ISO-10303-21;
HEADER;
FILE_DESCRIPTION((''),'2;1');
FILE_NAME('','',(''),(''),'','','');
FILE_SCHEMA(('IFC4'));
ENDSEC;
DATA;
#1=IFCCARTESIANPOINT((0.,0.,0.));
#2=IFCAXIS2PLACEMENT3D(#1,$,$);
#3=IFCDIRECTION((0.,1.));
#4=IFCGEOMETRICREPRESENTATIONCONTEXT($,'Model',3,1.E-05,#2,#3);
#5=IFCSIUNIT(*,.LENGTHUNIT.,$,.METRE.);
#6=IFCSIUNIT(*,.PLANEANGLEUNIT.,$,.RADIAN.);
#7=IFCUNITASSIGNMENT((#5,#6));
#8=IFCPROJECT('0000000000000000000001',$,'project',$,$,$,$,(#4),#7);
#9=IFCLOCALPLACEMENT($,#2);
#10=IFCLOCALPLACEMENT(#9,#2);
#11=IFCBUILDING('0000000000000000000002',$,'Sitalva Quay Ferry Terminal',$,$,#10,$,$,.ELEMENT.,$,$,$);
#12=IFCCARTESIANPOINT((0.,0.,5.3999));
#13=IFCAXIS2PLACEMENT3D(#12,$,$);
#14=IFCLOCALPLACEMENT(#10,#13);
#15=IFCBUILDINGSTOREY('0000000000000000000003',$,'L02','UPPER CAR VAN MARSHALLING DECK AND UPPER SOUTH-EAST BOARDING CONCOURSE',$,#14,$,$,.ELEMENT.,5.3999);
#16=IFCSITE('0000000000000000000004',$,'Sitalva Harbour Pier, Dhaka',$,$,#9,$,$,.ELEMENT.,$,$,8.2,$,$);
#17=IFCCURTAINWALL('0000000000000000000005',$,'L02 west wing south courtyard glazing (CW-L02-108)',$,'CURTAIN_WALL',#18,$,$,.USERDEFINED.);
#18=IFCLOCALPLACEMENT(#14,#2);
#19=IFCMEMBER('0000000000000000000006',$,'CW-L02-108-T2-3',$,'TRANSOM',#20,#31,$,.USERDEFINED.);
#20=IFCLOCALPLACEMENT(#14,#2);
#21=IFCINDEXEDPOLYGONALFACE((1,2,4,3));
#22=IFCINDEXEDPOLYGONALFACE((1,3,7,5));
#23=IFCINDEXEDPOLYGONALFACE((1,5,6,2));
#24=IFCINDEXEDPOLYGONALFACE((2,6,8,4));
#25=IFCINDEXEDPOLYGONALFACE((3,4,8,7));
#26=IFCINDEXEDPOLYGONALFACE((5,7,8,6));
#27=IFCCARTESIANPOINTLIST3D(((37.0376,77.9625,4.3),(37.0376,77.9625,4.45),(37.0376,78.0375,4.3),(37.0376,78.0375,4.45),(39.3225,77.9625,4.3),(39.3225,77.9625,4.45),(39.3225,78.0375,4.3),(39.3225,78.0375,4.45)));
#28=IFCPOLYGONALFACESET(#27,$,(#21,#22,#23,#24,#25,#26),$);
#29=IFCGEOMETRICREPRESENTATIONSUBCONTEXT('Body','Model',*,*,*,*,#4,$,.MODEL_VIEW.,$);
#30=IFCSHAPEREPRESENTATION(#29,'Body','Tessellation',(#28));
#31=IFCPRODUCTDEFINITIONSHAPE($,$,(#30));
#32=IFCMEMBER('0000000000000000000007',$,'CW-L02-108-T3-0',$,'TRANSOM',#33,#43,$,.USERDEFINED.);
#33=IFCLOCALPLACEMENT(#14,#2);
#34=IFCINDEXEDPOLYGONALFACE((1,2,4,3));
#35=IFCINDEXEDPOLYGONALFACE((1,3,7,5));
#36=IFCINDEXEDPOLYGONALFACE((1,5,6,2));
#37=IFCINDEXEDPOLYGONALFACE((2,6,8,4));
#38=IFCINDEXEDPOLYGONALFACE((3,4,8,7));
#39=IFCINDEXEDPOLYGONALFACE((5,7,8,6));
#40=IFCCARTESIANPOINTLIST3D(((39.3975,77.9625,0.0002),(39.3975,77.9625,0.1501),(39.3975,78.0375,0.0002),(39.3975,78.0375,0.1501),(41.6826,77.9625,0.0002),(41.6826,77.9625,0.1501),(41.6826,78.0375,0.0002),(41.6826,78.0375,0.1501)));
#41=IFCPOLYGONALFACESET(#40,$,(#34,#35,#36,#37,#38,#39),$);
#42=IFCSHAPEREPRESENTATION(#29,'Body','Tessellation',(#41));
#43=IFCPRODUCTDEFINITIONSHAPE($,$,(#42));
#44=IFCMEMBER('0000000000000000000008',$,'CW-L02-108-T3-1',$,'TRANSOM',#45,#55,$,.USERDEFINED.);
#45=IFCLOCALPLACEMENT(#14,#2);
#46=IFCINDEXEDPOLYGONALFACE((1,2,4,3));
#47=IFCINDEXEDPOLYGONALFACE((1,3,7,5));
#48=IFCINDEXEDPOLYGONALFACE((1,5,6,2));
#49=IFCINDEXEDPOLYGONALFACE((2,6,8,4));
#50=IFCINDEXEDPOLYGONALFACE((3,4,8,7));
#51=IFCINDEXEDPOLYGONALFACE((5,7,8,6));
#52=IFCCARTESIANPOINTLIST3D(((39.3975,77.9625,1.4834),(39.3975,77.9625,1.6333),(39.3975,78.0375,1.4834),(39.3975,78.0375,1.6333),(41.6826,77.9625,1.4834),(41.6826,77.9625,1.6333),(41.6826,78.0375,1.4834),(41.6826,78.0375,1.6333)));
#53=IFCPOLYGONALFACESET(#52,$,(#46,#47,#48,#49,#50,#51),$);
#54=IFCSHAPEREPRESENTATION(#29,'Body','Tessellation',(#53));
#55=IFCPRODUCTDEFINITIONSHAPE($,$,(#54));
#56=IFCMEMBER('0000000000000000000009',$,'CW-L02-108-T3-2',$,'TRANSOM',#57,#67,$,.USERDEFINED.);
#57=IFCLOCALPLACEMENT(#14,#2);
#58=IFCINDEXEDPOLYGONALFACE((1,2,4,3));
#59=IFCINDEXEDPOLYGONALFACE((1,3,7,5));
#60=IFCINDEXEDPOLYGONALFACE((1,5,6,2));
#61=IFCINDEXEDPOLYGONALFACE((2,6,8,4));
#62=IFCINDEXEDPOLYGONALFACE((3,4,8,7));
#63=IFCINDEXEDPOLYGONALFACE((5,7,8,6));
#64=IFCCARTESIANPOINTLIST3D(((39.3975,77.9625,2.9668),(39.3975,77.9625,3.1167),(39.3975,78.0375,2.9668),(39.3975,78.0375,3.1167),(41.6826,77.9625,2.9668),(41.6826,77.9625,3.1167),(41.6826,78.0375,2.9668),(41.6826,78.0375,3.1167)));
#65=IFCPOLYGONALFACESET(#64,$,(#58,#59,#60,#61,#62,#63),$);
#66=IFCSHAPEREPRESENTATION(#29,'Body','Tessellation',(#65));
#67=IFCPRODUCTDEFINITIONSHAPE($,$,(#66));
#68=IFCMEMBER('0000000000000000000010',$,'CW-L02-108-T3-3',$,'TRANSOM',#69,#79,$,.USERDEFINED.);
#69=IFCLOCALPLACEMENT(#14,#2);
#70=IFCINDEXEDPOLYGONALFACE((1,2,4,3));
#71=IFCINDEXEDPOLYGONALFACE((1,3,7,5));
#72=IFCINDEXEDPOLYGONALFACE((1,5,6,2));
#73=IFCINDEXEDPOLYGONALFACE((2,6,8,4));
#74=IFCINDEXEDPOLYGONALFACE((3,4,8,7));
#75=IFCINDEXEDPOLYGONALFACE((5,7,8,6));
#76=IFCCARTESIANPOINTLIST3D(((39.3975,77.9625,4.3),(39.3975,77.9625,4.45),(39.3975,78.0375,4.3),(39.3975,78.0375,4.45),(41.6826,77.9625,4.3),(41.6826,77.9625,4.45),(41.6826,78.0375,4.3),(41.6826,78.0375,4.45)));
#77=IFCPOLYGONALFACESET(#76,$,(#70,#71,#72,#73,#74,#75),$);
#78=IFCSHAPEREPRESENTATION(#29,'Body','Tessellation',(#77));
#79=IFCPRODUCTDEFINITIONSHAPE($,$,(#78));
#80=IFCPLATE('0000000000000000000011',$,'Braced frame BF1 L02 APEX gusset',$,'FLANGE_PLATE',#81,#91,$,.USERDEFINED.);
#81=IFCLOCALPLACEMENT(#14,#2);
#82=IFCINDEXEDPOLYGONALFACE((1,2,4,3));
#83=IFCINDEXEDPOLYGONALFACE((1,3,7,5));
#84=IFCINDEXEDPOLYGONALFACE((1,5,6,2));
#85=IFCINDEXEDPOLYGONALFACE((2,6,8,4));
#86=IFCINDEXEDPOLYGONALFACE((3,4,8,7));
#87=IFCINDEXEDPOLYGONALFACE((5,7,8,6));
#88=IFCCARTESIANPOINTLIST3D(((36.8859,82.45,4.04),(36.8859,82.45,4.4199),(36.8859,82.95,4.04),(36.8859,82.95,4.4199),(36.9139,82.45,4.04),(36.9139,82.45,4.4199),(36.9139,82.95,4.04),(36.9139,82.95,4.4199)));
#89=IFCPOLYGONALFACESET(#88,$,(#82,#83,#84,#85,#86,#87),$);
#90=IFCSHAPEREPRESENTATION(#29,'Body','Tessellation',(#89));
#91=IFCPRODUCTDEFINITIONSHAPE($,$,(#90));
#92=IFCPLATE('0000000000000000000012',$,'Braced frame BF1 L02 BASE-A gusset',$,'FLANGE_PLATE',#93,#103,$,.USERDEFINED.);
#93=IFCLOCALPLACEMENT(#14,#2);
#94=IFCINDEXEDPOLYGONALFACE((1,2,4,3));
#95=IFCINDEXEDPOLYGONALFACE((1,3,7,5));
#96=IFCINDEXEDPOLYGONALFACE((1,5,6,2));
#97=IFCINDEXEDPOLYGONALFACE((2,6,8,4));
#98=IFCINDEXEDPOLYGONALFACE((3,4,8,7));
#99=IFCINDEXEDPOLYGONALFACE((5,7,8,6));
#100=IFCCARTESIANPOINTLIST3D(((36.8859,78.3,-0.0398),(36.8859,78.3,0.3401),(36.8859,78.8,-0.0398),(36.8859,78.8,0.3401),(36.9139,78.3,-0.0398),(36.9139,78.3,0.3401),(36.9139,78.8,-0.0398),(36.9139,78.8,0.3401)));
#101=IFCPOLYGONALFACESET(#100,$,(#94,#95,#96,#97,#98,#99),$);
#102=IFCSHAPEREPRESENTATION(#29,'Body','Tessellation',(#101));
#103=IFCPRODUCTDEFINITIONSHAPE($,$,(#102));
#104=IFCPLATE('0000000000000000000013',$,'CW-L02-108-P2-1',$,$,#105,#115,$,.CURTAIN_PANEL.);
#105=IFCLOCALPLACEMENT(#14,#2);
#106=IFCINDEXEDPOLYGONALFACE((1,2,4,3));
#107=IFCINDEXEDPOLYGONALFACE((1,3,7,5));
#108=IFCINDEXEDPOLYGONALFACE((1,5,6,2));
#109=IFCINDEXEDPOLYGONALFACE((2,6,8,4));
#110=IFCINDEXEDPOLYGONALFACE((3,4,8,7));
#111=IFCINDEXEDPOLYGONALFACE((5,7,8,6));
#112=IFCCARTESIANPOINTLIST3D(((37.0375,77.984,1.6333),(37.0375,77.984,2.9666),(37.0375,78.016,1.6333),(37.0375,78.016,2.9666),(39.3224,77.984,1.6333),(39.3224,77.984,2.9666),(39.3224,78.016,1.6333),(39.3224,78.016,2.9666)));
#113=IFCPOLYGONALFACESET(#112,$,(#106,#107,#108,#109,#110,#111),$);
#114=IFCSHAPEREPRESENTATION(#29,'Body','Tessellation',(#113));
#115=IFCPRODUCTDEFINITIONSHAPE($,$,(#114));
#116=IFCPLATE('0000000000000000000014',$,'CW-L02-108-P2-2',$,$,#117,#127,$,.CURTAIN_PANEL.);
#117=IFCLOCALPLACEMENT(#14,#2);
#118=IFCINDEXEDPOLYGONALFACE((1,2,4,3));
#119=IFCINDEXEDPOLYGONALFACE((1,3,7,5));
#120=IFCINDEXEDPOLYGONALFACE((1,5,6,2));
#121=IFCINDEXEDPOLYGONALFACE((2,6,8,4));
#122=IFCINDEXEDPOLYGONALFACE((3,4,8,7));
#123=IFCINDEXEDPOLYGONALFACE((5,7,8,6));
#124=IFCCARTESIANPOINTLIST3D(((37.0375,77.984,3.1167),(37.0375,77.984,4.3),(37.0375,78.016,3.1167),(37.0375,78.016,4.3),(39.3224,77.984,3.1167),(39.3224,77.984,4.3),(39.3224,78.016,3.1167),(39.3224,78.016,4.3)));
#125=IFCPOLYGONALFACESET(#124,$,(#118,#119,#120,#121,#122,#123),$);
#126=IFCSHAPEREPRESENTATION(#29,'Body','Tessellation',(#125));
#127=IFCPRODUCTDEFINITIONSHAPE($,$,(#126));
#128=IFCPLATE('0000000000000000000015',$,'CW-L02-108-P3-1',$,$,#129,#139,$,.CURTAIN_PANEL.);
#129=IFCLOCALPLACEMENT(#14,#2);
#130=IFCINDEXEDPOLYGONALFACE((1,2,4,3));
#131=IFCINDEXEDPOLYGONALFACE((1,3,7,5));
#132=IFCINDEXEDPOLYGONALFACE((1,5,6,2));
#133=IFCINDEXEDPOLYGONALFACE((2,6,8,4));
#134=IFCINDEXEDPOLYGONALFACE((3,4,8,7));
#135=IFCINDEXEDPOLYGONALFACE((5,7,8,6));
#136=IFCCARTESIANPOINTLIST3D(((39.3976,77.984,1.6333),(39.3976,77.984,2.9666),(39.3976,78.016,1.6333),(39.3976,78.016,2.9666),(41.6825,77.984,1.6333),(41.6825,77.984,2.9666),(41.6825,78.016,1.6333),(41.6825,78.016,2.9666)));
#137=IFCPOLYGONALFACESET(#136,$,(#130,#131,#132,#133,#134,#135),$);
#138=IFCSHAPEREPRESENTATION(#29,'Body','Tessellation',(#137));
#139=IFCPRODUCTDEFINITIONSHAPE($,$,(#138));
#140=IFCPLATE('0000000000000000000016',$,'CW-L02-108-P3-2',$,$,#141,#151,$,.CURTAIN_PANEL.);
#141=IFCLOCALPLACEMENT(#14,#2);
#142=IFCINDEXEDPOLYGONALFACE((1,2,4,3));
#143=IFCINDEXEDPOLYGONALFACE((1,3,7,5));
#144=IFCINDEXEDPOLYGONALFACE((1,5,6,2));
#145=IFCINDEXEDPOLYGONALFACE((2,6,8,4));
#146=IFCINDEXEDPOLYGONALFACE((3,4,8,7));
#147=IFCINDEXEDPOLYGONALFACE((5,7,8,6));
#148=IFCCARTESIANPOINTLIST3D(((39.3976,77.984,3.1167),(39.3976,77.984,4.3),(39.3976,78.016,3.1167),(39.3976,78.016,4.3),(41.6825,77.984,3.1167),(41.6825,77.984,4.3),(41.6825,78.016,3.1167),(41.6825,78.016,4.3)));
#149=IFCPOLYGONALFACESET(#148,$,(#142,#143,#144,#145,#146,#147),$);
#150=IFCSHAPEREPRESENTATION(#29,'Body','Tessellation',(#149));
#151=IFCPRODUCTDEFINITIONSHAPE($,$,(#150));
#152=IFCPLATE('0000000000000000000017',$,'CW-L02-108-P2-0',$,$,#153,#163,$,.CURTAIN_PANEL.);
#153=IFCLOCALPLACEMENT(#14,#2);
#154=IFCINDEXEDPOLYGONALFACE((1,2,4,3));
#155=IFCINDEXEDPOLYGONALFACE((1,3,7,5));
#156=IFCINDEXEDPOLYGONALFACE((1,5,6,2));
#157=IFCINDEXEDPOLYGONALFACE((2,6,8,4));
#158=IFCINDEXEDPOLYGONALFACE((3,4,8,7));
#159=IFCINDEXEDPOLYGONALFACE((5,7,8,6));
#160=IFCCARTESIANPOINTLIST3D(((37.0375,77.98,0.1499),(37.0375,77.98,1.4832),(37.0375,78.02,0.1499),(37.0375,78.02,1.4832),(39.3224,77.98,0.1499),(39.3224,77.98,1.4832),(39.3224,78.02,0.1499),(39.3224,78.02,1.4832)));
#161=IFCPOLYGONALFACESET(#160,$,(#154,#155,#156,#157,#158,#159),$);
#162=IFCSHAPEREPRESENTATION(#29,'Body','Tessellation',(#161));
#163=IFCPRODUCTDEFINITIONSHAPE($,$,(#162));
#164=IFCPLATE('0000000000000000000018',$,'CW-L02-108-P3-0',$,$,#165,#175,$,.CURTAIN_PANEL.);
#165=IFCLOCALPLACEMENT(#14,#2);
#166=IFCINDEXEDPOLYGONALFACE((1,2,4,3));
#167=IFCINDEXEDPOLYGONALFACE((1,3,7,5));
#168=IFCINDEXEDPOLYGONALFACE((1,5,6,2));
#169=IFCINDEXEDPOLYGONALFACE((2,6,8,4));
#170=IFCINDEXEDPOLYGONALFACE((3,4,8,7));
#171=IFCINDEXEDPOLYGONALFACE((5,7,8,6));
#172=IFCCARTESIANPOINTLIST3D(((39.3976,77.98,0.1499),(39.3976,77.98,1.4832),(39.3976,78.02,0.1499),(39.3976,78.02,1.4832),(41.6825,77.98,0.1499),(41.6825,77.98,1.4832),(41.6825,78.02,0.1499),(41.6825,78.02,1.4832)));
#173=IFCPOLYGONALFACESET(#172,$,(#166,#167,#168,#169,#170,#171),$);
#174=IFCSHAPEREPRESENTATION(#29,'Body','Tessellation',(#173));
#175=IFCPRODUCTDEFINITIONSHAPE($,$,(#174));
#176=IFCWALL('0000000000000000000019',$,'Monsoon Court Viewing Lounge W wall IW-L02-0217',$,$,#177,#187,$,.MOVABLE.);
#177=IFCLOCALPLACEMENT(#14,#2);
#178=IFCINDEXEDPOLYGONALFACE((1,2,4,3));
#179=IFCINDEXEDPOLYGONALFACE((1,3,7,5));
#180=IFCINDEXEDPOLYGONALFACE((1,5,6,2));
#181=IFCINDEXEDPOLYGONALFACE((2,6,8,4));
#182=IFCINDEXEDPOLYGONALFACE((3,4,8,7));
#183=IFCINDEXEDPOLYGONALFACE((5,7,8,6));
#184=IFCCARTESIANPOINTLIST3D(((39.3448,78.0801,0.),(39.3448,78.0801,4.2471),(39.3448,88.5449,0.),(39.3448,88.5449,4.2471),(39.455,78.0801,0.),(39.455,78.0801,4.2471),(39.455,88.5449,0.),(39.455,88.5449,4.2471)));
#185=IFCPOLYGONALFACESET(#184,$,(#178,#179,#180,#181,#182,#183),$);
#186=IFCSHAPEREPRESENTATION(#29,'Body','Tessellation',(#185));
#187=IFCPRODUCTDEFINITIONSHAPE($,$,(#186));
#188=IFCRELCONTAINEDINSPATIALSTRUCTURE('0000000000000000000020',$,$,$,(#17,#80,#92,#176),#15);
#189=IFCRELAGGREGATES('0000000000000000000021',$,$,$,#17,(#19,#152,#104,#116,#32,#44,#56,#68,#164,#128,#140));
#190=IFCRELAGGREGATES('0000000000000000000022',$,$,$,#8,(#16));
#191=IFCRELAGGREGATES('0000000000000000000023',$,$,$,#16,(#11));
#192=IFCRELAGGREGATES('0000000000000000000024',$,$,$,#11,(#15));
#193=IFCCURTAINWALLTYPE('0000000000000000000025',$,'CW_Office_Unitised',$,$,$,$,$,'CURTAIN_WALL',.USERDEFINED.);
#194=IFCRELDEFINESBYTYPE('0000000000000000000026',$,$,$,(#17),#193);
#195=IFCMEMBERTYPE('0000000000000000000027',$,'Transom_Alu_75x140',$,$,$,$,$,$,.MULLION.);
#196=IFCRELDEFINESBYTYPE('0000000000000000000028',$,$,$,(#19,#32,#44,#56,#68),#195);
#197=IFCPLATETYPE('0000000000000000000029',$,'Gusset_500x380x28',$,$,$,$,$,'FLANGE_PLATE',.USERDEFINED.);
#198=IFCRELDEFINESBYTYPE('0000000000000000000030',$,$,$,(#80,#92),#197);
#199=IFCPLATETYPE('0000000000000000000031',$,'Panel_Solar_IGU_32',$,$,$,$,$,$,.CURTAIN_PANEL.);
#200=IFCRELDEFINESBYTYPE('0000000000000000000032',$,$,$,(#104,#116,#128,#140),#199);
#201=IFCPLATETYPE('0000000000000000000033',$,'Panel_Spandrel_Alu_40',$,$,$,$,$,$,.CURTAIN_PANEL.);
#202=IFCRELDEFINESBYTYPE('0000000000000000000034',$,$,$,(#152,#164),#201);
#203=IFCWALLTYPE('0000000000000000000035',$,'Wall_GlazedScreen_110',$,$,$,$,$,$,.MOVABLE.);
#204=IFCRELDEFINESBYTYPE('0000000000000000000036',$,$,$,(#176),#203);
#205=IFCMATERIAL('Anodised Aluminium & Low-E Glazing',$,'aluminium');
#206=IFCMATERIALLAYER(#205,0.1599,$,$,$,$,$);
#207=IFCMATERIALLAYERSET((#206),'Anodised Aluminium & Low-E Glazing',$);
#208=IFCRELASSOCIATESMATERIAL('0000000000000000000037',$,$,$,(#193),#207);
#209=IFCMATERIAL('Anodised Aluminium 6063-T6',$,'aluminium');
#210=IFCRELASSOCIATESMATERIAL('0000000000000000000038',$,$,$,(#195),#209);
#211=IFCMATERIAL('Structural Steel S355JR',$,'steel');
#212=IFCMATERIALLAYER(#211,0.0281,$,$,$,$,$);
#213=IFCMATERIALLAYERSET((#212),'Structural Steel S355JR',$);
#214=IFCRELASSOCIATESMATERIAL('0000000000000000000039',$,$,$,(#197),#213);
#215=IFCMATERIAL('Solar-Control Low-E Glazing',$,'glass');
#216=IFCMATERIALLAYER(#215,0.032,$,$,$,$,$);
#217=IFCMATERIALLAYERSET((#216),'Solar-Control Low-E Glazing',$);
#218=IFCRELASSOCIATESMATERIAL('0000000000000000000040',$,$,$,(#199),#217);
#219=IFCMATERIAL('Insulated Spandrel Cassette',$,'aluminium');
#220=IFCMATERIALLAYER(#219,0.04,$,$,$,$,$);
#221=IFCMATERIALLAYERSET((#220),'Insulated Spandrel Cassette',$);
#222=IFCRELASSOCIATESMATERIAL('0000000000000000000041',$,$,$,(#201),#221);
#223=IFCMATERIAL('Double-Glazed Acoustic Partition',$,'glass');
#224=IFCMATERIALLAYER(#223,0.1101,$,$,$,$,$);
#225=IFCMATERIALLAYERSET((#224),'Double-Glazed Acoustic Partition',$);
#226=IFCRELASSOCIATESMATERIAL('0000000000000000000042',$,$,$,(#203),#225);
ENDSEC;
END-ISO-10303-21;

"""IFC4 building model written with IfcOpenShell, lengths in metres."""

from ifc_helpers import new_model, si_unit, direction, frame, frame_2d, origin, origin_2d, place, context, subcontext, project, spatial, rectangle, extrude, material, layer, layer_set, material_profile, profile_set, type_object, element, aggregate, save


model = new_model("IFC4")

# Units and contexts
model_context = context("Model", 3, precision=1e-05, world=origin(), true_north=direction((0.0, 1.0)))
body_context = subcontext(model_context, "Body", "Model", "MODEL_VIEW")
ifc_project = project(units=[si_unit("LENGTHUNIT", "METRE"), si_unit("PLANEANGLEUNIT", "RADIAN")], contexts=[model_context])

# Site, building, storey
site_placement = place(None, origin())
site = spatial("IfcSite", under=ifc_project, at=site_placement, Name="Sitalva Harbour Pier, Dhaka", CompositionType="ELEMENT", RefElevation=8.2)
building_placement = place(site_placement, origin())
building = spatial("IfcBuilding", under=site, at=building_placement, Name="Sitalva Quay Ferry Terminal", CompositionType="ELEMENT")
storey_placement = place(building_placement, frame((0.0, 0.0, 5.3999)))
storey = spatial("IfcBuildingStorey", under=building, at=storey_placement, Name="L02", Description="UPPER CAR VAN MARSHALLING DECK AND UPPER SOUTH-EAST BOARDING CONCOURSE", CompositionType="ELEMENT", Elevation=5.3999)

# Curtain wall, members
ifc_material_1 = material(Name="Anodised Aluminium & Low-E Glazing", Category="aluminium")
ifc_layer_1 = layer(ifc_material_1, 0.1599)
ifc_layer_set_1 = layer_set([ifc_layer_1], Name="Anodised Aluminium & Low-E Glazing")
curtain_wall_type = type_object("IfcCurtainWallType", Name="CW_Office_Unitised", ElementType="CURTAIN_WALL", PredefinedType="USERDEFINED", material=ifc_layer_set_1)
curtain_wall_placement = place(storey_placement, origin())
curtain_wall = element("IfcCurtainWall", 1, at=curtain_wall_placement, inside=storey, type_object=curtain_wall_type, Name="L02 west wing south courtyard glazing (CW-L02-108)", ObjectType="CURTAIN_WALL", PredefinedType="USERDEFINED")
ifc_material_2 = material(Name="Anodised Aluminium 6063-T6", Category="aluminium")
ifc_material_profile_1 = material_profile(ifc_material_2, rectangle(XDim=0.075, YDim=0.1499, at=origin_2d()), Name="ALU75x150")
ifc_profile_set_1 = profile_set([ifc_material_profile_1], Name="Anodised Aluminium 6063-T6")
member_type_1 = type_object("IfcMemberType", Name="Transom_Alu_75x140", PredefinedType="MULLION", material=ifc_profile_set_1)
member_1_placement = place(storey_placement, frame((37.0376, 78.0, 4.375), z_axis=(1.0, 0.0, 0.0), x_axis=(0.0, 1.0, 0.0)))
member_1 = element("IfcMember", 2, at=member_1_placement, type_object=member_type_1, Name="CW-L02-108-T2-3", ObjectType="TRANSOM", PredefinedType="USERDEFINED", context=body_context, shape_type="SweptSolid", body=[
    extrude(rectangle(XDim=0.075, YDim=0.1499, at=origin_2d()), origin(), (0.0, 0.0, 1.0), 2.2849),
])
member_2_placement = place(storey_placement, frame((39.3975, 78.0, 0.0752), z_axis=(1.0, 0.0, 0.0), x_axis=(0.0, 1.0, 0.0)))
member_2 = element("IfcMember", 3, at=member_2_placement, type_object=member_type_1, Name="CW-L02-108-T3-0", ObjectType="TRANSOM", PredefinedType="USERDEFINED", context=body_context, shape_type="SweptSolid", body=[
    extrude(rectangle(XDim=0.075, YDim=0.1499, at=origin_2d()), origin(), (0.0, 0.0, 1.0), 2.2852),
])
member_3_placement = place(storey_placement, frame((39.3975, 78.0, 1.5583), z_axis=(1.0, 0.0, 0.0), x_axis=(0.0, 1.0, 0.0)))
member_3 = element("IfcMember", 4, at=member_3_placement, type_object=member_type_1, Name="CW-L02-108-T3-1", ObjectType="TRANSOM", PredefinedType="USERDEFINED", context=body_context, shape_type="SweptSolid", body=[
    extrude(rectangle(XDim=0.075, YDim=0.1499, at=origin_2d()), origin(), (0.0, 0.0, 1.0), 2.2852),
])
member_4_placement = place(storey_placement, frame((39.3975, 78.0, 3.0417), z_axis=(1.0, 0.0, 0.0), x_axis=(0.0, 1.0, 0.0)))
member_4 = element("IfcMember", 5, at=member_4_placement, type_object=member_type_1, Name="CW-L02-108-T3-2", ObjectType="TRANSOM", PredefinedType="USERDEFINED", context=body_context, shape_type="SweptSolid", body=[
    extrude(rectangle(XDim=0.075, YDim=0.1499, at=origin_2d()), origin(), (0.0, 0.0, 1.0), 2.2852),
])
member_5_placement = place(storey_placement, frame((39.3975, 78.0, 4.375), z_axis=(1.0, 0.0, 0.0), x_axis=(0.0, 1.0, 0.0)))
member_5 = element("IfcMember", 6, at=member_5_placement, type_object=member_type_1, Name="CW-L02-108-T3-3", ObjectType="TRANSOM", PredefinedType="USERDEFINED", context=body_context, shape_type="SweptSolid", body=[
    extrude(rectangle(XDim=0.075, YDim=0.1499, at=origin_2d()), origin(), (0.0, 0.0, 1.0), 2.2852),
])

# Plates
ifc_material_3 = material(Name="Structural Steel S355JR", Category="steel")
ifc_layer_2 = layer(ifc_material_3, 0.0281)
ifc_layer_set_2 = layer_set([ifc_layer_2], Name="Structural Steel S355JR")
plate_type_1 = type_object("IfcPlateType", Name="Gusset_500x380x28", ElementType="FLANGE_PLATE", PredefinedType="USERDEFINED", material=ifc_layer_set_2)
for number, where, z_axis, x_axis, name in (
    (7, (36.8999, 82.7, 4.04), (0.0, 0.0, 1.0), (1.0, 0.0, 0.0), "Braced frame BF1 L02 APEX gusset"),
    (8, (36.8999, 78.55, -0.0398), (0.0, 0.0, 1.0), (1.0, 0.0, 0.0), "Braced frame BF1 L02 BASE-A gusset"),
):
    element("IfcPlate", number, at=place(storey_placement, frame(where, z_axis=z_axis, x_axis=x_axis)), inside=storey, type_object=plate_type_1, Name=name, ObjectType="FLANGE_PLATE", PredefinedType="USERDEFINED", context=body_context, shape_type="SweptSolid", body=[
        extrude(rectangle(XDim=0.0281, YDim=0.5, at=origin_2d()), origin(), (0.0, 0.0, 1.0), 0.3799),
    ])

# Plates
ifc_material_4 = material(Name="Solar-Control Low-E Glazing", Category="glass")
ifc_layer_3 = layer(ifc_material_4, 0.032)
ifc_layer_set_3 = layer_set([ifc_layer_3], Name="Solar-Control Low-E Glazing")
plate_type_2 = type_object("IfcPlateType", Name="Panel_Solar_IGU_32", PredefinedType="CURTAIN_PANEL", material=ifc_layer_set_3)
plate_1_placement = place(storey_placement, frame((38.1799, 78.0, 1.6333), z_axis=(0.0, 0.0, 1.0), x_axis=(1.0, 0.0, 0.0)))
plate_1 = element("IfcPlate", 9, at=plate_1_placement, type_object=plate_type_2, Name="CW-L02-108-P2-1", PredefinedType="CURTAIN_PANEL", context=body_context, shape_type="SweptSolid", body=[
    extrude(rectangle(XDim=2.2849, YDim=0.032, at=origin_2d()), origin(), (0.0, 0.0, 1.0), 1.3333),
])
plate_2_placement = place(storey_placement, frame((38.1799, 78.0, 3.1167), z_axis=(0.0, 0.0, 1.0), x_axis=(1.0, 0.0, 0.0)))
plate_2 = element("IfcPlate", 10, at=plate_2_placement, type_object=plate_type_2, Name="CW-L02-108-P2-2", PredefinedType="CURTAIN_PANEL", context=body_context, shape_type="SweptSolid", body=[
    extrude(rectangle(XDim=2.2849, YDim=0.032, at=origin_2d()), origin(), (0.0, 0.0, 1.0), 1.1833),
])
plate_3_placement = place(storey_placement, frame((40.54, 78.0, 1.6333), z_axis=(0.0, 0.0, 1.0), x_axis=(1.0, 0.0, 0.0)))
plate_3 = element("IfcPlate", 11, at=plate_3_placement, type_object=plate_type_2, Name="CW-L02-108-P3-1", PredefinedType="CURTAIN_PANEL", context=body_context, shape_type="SweptSolid", body=[
    extrude(rectangle(XDim=2.2849, YDim=0.032, at=origin_2d()), origin(), (0.0, 0.0, 1.0), 1.3333),
])
plate_4_placement = place(storey_placement, frame((40.54, 78.0, 3.1167), z_axis=(0.0, 0.0, 1.0), x_axis=(1.0, 0.0, 0.0)))
plate_4 = element("IfcPlate", 12, at=plate_4_placement, type_object=plate_type_2, Name="CW-L02-108-P3-2", PredefinedType="CURTAIN_PANEL", context=body_context, shape_type="SweptSolid", body=[
    extrude(rectangle(XDim=2.2849, YDim=0.032, at=origin_2d()), origin(), (0.0, 0.0, 1.0), 1.1833),
])
ifc_material_5 = material(Name="Insulated Spandrel Cassette", Category="aluminium")
ifc_layer_4 = layer(ifc_material_5, 0.04)
ifc_layer_set_4 = layer_set([ifc_layer_4], Name="Insulated Spandrel Cassette")
plate_type_3 = type_object("IfcPlateType", Name="Panel_Spandrel_Alu_40", PredefinedType="CURTAIN_PANEL", material=ifc_layer_set_4)
plate_5_placement = place(storey_placement, frame((38.1799, 78.0, 0.1499), z_axis=(0.0, 0.0, 1.0), x_axis=(1.0, 0.0, 0.0)))
plate_5 = element("IfcPlate", 13, at=plate_5_placement, type_object=plate_type_3, Name="CW-L02-108-P2-0", PredefinedType="CURTAIN_PANEL", context=body_context, shape_type="SweptSolid", body=[
    extrude(rectangle(XDim=2.2849, YDim=0.04, at=origin_2d()), origin(), (0.0, 0.0, 1.0), 1.3333),
])
plate_6_placement = place(storey_placement, frame((40.54, 78.0, 0.1499), z_axis=(0.0, 0.0, 1.0), x_axis=(1.0, 0.0, 0.0)))
plate_6 = element("IfcPlate", 14, at=plate_6_placement, type_object=plate_type_3, Name="CW-L02-108-P3-0", PredefinedType="CURTAIN_PANEL", context=body_context, shape_type="SweptSolid", body=[
    extrude(rectangle(XDim=2.2849, YDim=0.04, at=origin_2d()), origin(), (0.0, 0.0, 1.0), 1.3333),
])
aggregate(curtain_wall, [member_1, plate_5, plate_1, plate_2, member_2, member_3, member_4, member_5, plate_6, plate_3, plate_4])

# Wall
ifc_material_6 = material(Name="Double-Glazed Acoustic Partition", Category="glass")
ifc_layer_5 = layer(ifc_material_6, 0.1101)
ifc_layer_set_5 = layer_set([ifc_layer_5], Name="Double-Glazed Acoustic Partition")
wall_type = type_object("IfcWallType", Name="Wall_GlazedScreen_110", PredefinedType="MOVABLE", material=ifc_layer_set_5)
wall_placement = place(storey_placement, frame((39.3999, 78.0801, 0.0), z_axis=(0.0, 0.0, 1.0), x_axis=(0.0, 1.0, 0.0)))
element("IfcWall", 15, at=wall_placement, inside=storey, type_object=wall_type, Name="Monsoon Court Viewing Lounge W wall IW-L02-0217", PredefinedType="MOVABLE", context=body_context, shape_type="SweptSolid", body=[
    extrude(rectangle(XDim=10.4648, YDim=0.1101, at=frame_2d((5.2324, 0.0))), origin(), (0.0, 0.0, 1.0), 4.2471),
])

save(model, "model.ifc")
